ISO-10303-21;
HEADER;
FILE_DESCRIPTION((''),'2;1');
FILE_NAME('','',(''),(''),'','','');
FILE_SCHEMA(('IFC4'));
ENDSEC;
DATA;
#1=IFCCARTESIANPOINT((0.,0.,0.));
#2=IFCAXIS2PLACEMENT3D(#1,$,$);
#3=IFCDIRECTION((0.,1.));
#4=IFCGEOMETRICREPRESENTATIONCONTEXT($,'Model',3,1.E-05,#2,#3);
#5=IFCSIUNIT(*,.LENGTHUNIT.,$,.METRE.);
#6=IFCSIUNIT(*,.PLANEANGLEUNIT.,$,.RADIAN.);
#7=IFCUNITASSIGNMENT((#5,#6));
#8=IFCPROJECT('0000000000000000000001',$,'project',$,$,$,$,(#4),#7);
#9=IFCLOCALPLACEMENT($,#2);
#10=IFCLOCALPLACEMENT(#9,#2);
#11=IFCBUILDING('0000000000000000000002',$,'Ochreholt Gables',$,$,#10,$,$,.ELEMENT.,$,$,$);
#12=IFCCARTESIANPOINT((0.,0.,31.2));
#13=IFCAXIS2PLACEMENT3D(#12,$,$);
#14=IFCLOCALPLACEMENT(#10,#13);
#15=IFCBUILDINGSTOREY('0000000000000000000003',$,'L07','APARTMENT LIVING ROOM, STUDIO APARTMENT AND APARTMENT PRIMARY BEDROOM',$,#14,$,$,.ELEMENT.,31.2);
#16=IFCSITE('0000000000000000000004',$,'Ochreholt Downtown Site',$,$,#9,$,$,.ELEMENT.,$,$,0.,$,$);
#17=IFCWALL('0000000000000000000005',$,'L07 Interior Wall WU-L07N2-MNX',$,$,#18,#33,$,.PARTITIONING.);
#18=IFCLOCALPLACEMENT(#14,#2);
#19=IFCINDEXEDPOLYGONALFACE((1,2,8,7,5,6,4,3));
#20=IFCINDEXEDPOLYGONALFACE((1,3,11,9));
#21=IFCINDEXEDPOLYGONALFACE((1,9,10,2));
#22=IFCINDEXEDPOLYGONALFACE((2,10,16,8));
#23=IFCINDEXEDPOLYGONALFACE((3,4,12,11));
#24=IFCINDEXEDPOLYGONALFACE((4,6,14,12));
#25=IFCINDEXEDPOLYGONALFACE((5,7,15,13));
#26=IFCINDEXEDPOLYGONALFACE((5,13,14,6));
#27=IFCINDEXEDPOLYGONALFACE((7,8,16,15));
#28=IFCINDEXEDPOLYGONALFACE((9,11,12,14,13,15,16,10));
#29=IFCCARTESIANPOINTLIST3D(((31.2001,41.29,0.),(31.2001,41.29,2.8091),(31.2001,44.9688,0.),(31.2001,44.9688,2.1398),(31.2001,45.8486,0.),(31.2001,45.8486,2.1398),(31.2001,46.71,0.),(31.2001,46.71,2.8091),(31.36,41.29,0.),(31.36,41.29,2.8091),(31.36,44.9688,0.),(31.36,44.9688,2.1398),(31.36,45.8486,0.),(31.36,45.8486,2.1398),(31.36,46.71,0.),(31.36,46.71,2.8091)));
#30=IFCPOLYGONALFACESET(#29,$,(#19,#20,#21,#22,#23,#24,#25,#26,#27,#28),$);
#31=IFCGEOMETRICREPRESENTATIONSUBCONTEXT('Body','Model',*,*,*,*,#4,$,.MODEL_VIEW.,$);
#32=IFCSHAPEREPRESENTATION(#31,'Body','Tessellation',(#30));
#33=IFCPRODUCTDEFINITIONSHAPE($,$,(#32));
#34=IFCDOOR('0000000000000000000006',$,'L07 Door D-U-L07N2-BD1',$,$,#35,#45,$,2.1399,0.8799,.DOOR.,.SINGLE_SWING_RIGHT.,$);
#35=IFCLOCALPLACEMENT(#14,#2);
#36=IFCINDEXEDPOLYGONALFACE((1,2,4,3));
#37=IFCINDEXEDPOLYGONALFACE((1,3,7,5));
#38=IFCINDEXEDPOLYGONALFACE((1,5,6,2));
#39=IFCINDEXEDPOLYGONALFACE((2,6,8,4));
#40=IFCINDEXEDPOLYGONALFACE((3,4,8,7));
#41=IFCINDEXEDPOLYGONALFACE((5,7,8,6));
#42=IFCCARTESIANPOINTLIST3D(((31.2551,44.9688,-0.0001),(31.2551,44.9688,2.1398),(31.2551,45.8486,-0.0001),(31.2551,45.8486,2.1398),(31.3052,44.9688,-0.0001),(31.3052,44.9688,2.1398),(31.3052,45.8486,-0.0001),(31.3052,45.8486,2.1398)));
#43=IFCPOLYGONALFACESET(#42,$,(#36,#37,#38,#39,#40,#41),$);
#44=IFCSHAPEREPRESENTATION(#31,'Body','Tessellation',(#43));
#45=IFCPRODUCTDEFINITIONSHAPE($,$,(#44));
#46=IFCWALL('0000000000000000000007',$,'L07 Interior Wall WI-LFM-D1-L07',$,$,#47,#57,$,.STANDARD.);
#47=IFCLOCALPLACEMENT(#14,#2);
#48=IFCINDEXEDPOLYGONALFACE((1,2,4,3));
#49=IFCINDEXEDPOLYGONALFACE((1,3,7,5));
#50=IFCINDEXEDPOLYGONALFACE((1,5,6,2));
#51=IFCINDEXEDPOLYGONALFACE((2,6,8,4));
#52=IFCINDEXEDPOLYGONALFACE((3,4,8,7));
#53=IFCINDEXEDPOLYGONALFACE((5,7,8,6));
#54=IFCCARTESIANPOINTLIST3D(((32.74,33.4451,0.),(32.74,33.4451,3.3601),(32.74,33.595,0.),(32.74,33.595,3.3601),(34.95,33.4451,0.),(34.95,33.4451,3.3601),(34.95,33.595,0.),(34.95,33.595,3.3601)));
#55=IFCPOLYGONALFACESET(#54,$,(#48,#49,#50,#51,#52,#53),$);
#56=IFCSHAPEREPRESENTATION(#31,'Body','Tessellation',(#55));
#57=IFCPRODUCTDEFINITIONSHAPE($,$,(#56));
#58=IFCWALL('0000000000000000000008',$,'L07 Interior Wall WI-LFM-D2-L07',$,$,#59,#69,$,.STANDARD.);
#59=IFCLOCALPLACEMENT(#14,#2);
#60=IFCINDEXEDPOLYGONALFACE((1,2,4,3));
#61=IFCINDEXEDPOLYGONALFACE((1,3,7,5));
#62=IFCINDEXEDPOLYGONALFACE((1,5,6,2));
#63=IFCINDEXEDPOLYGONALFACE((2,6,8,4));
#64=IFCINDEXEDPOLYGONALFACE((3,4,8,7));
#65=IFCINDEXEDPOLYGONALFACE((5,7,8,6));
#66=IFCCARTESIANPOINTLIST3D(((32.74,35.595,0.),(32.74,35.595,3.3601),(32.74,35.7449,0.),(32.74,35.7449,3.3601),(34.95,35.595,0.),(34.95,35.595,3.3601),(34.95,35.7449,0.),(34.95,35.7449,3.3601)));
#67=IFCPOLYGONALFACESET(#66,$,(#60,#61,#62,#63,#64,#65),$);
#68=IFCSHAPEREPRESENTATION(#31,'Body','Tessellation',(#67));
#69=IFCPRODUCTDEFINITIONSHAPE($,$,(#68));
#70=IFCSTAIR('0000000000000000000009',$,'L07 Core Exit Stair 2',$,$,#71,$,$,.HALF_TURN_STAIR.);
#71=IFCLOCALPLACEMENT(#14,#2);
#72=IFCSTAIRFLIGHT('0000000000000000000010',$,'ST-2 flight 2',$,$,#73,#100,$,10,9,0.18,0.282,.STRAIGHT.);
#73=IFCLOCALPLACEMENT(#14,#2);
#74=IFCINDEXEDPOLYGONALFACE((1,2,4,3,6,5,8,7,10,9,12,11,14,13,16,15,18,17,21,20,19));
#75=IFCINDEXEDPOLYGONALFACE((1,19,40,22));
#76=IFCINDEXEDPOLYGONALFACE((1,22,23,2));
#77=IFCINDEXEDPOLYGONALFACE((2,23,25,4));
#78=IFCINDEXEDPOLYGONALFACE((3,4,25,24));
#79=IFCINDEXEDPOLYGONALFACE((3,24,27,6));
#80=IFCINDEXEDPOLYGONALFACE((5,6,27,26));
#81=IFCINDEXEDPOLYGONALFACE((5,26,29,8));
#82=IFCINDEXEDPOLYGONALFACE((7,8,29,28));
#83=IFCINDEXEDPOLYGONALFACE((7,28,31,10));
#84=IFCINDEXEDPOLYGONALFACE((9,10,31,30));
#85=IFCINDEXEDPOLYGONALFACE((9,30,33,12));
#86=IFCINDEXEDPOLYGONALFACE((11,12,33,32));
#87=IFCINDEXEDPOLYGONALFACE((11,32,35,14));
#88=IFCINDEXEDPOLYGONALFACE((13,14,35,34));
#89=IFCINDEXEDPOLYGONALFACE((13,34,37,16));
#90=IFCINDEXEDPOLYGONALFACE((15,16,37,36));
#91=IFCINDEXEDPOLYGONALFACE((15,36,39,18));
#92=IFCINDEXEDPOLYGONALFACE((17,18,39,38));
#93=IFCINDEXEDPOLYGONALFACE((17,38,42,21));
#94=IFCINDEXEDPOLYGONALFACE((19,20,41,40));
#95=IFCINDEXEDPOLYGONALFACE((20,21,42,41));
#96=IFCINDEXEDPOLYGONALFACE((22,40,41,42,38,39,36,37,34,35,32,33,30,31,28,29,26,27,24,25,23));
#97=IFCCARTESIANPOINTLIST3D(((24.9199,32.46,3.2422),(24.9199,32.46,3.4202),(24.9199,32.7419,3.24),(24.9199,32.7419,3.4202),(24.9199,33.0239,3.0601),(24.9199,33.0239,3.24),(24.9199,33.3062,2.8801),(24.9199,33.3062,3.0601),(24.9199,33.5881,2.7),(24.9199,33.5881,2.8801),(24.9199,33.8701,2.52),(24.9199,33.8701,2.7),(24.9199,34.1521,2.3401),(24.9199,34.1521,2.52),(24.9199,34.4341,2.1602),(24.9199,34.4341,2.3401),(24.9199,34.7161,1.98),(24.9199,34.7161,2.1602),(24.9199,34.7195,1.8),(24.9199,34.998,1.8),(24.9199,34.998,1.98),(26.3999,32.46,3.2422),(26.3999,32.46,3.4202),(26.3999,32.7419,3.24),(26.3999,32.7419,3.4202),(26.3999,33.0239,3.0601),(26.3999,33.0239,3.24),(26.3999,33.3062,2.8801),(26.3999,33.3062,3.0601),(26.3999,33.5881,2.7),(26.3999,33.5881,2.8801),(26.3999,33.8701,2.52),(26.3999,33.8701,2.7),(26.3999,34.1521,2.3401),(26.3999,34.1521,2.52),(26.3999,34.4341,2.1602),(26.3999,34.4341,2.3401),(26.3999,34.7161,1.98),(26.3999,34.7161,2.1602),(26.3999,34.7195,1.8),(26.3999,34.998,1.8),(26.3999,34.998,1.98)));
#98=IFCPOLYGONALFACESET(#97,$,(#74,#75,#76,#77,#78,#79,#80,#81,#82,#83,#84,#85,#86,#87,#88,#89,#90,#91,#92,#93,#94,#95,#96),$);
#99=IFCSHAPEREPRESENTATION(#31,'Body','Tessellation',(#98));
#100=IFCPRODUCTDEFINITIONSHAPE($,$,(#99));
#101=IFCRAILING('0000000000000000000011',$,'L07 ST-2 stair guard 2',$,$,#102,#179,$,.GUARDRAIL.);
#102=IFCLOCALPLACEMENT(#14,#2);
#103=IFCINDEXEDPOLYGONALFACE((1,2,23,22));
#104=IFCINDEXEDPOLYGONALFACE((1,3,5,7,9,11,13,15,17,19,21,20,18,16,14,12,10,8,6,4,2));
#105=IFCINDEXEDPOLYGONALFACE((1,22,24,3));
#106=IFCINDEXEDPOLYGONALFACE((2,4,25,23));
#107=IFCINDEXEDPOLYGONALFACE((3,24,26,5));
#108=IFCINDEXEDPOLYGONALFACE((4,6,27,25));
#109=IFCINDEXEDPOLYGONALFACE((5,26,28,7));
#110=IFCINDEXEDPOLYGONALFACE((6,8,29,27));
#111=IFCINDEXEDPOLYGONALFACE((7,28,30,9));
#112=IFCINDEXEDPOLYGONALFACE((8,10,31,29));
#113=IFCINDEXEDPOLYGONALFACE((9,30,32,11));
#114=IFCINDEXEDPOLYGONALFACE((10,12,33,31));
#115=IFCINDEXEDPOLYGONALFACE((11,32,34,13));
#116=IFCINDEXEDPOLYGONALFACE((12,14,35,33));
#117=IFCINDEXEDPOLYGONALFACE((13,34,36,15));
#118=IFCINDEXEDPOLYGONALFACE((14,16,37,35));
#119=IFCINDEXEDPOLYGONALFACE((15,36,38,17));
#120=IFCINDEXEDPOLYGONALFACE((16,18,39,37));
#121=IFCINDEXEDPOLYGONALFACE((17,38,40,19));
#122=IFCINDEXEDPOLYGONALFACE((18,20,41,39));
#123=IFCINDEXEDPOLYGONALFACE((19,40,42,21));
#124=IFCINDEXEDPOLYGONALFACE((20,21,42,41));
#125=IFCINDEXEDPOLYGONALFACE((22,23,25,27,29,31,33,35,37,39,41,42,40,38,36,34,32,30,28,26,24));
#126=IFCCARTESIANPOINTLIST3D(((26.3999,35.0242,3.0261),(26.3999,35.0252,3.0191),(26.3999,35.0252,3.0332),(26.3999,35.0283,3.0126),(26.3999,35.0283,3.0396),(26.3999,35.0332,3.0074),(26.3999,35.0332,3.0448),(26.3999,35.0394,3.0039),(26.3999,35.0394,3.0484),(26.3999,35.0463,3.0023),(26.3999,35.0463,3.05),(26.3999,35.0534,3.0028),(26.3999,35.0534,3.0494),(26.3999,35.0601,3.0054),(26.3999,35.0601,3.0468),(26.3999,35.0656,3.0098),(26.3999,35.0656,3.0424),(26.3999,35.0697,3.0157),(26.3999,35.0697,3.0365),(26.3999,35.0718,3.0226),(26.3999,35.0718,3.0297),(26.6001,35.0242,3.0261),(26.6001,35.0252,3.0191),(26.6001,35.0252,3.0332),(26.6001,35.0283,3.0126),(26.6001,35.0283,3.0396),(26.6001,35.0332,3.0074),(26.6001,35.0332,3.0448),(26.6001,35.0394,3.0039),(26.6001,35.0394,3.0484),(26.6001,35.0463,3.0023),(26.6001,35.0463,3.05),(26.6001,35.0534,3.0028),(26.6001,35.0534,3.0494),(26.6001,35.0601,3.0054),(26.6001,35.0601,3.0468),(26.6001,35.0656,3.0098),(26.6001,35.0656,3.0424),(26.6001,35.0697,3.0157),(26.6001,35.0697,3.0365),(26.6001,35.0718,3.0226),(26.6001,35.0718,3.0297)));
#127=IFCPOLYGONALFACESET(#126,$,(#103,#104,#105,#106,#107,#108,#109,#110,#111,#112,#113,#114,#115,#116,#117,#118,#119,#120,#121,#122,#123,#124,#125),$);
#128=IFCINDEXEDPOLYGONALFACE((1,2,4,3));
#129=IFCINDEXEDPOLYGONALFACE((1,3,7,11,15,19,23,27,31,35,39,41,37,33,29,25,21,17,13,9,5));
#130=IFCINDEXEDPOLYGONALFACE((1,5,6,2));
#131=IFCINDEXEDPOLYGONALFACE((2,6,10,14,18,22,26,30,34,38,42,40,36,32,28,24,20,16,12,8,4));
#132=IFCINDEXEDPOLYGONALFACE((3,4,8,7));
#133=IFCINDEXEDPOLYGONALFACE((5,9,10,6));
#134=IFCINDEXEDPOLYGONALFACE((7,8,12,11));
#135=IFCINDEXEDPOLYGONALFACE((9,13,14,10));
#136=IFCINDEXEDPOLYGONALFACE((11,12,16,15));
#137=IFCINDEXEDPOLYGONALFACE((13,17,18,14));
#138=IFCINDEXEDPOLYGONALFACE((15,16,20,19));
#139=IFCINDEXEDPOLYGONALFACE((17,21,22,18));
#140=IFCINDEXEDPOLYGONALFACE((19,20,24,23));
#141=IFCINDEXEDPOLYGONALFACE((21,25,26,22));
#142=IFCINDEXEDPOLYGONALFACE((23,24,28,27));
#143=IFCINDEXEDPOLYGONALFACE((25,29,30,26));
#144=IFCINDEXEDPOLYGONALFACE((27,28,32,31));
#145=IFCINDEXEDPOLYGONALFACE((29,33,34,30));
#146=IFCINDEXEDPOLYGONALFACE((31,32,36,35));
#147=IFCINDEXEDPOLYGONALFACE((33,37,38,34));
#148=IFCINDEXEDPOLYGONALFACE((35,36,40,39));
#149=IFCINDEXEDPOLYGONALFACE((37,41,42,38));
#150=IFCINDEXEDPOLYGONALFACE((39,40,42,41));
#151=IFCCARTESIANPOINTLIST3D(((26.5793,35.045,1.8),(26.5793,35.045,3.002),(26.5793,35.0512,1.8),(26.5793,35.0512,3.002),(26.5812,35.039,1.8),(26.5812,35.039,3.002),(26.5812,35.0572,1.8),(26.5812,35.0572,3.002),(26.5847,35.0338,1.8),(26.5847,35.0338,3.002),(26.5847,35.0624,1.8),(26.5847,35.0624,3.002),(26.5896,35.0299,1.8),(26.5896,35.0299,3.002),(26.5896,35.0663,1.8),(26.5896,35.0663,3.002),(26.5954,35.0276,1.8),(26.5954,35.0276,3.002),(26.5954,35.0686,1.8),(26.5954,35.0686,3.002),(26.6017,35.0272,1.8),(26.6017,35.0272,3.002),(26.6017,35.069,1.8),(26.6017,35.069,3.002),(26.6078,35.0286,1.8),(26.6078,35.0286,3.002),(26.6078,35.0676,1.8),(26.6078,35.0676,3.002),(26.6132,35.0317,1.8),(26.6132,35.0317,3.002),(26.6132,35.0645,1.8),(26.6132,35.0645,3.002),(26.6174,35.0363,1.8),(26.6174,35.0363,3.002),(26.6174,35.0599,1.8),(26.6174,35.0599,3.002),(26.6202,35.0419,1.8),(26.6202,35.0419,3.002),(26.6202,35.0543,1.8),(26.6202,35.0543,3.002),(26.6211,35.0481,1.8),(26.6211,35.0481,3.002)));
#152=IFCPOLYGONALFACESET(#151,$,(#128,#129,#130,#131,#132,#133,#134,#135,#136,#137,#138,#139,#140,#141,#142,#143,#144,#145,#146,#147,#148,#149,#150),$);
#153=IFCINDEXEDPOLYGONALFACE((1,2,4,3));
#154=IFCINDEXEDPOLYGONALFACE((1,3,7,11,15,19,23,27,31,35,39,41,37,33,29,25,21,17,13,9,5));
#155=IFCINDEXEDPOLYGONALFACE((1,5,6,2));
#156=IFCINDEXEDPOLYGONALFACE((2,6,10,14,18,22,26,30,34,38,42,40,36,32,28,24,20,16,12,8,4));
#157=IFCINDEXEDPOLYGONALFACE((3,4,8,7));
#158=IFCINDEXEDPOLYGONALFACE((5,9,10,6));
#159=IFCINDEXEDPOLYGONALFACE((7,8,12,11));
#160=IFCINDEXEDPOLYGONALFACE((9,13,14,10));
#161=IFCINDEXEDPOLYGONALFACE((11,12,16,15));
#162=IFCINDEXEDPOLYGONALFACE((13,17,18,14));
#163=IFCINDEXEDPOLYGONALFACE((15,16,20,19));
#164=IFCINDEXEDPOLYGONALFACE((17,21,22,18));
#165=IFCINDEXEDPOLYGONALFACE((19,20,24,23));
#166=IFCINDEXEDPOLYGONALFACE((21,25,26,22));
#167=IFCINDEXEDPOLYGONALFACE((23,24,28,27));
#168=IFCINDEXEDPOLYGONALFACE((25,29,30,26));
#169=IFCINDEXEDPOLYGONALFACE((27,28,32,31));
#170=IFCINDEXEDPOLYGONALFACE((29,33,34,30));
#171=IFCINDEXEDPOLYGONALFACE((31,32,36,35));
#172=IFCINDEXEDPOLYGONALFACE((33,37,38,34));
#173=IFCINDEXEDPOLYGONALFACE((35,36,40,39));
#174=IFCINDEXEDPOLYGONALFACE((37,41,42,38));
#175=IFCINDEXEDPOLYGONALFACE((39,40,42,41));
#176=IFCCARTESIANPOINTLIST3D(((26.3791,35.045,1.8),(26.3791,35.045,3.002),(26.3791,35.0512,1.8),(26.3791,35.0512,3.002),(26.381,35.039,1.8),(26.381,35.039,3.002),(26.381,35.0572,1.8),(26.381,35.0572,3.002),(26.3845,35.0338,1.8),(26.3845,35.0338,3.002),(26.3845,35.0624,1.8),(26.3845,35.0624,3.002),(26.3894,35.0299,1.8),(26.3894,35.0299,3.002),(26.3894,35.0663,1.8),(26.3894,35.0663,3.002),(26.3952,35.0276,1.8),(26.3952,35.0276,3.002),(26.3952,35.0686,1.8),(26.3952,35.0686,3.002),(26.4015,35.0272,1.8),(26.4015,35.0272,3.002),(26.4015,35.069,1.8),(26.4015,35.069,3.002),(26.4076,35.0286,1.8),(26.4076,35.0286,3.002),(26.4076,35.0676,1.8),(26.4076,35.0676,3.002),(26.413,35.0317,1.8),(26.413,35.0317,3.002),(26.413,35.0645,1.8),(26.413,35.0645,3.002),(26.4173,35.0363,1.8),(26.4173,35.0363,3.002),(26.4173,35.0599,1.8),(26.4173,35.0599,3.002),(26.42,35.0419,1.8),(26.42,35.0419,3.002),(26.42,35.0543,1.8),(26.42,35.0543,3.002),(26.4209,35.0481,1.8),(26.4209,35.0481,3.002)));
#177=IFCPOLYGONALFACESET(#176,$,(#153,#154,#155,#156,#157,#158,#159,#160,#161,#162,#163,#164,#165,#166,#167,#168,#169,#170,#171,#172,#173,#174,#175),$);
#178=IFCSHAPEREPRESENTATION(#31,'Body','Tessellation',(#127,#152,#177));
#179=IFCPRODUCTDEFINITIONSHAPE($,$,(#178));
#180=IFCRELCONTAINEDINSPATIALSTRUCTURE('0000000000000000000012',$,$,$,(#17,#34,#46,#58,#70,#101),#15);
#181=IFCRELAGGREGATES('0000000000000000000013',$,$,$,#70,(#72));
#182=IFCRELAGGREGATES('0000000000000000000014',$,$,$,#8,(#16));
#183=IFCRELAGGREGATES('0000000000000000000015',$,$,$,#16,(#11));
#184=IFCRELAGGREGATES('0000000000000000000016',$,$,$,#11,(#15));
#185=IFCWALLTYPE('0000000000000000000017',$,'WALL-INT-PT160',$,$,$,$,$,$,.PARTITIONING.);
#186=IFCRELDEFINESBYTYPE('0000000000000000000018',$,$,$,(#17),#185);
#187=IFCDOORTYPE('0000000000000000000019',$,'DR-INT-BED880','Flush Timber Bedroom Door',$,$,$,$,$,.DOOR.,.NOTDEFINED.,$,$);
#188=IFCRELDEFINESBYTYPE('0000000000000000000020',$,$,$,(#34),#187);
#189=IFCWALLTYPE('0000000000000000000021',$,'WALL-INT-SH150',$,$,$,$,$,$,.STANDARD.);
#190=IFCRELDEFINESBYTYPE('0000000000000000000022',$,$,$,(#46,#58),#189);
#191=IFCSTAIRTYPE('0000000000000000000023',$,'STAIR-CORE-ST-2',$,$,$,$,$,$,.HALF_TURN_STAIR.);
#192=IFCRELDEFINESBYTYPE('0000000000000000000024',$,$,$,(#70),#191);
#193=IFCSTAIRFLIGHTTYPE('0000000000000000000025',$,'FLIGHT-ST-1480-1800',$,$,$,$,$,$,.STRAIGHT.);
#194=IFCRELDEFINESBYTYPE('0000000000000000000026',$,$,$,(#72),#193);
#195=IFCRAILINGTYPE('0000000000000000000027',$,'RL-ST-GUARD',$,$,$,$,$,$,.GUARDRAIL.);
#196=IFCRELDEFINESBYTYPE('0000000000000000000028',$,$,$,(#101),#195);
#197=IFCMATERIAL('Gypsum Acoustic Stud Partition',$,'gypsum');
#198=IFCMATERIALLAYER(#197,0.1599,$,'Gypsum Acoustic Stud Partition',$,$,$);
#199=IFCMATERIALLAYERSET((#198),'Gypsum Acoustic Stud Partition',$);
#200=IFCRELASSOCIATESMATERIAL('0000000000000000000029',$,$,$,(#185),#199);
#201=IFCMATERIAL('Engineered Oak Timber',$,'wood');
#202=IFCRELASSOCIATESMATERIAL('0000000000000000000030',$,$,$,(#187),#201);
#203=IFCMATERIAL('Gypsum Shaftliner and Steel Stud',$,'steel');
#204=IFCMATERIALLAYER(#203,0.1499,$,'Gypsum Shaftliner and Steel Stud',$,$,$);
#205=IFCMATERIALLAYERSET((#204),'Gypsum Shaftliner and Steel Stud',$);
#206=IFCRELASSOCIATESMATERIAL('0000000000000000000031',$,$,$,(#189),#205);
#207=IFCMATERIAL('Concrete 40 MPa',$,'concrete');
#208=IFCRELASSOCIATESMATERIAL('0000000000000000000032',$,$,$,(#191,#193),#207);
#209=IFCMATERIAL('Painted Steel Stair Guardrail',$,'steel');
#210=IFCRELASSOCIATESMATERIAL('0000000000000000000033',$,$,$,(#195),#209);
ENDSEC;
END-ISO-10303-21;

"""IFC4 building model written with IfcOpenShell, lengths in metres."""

from ifc_helpers import new_model, si_unit, direction, frame, frame_2d, origin, origin_2d, place, context, subcontext, project, spatial, polyline, rectangle, circle, outline, extrude, material, layer, layer_set, type_object, element, fill, aggregate, save


model = new_model("IFC4")

# Units and contexts
model_context = context("Model", 3, precision=1e-05, world=origin(), true_north=direction((0.0, 1.0)))
body_context = subcontext(model_context, "Body", "Model", "MODEL_VIEW")
ifc_project = project(units=[si_unit("LENGTHUNIT", "METRE"), si_unit("PLANEANGLEUNIT", "RADIAN")], contexts=[model_context])

# Site, building, storey
site_placement = place(None, origin())
site = spatial("IfcSite", under=ifc_project, at=site_placement, Name="Ochreholt Downtown Site", CompositionType="ELEMENT", RefElevation=0.0)
building_placement = place(site_placement, origin())
building = spatial("IfcBuilding", under=site, at=building_placement, Name="Ochreholt Gables", CompositionType="ELEMENT")
storey_placement = place(building_placement, frame((0.0, 0.0, 31.2)))
storey = spatial("IfcBuildingStorey", under=building, at=storey_placement, Name="L07", Description="APARTMENT LIVING ROOM, STUDIO APARTMENT AND APARTMENT PRIMARY BEDROOM", CompositionType="ELEMENT", Elevation=31.2)

# Shared definitions
ifc_material_1 = material(Name="Engineered Oak Timber", Category="wood")

# Wall, opening, door
ifc_material_2 = material(Name="Gypsum Acoustic Stud Partition", Category="gypsum")
ifc_layer_1 = layer(ifc_material_2, 0.1599, Name="Gypsum Acoustic Stud Partition")
ifc_layer_set_1 = layer_set([ifc_layer_1], Name="Gypsum Acoustic Stud Partition")
wall_type_1 = type_object("IfcWallType", Name="WALL-INT-PT160", PredefinedType="PARTITIONING", material=ifc_layer_set_1)
wall_1_placement = place(storey_placement, frame((31.28, 41.29, 0.0), z_axis=(0.0, 0.0, 1.0), x_axis=(0.0, 1.0, 0.0)))
wall_1 = element("IfcWall", 1, at=wall_1_placement, inside=storey, type_object=wall_type_1, Name="L07 Interior Wall WU-L07N2-MNX", PredefinedType="PARTITIONING", context=body_context, shape_type="SweptSolid", body=[
    extrude(rectangle(XDim=5.4199, YDim=0.1599, at=frame_2d((2.71, 0.0))), origin(), (0.0, 0.0, 1.0), 2.8091),
])
opening_1_placement = place(wall_1_placement, frame((3.6787, 0.0, 0.0)))
opening_1 = element("IfcOpeningElement", 2, at=opening_1_placement, cuts=wall_1, PredefinedType="OPENING", context=body_context, shape_type="SweptSolid", body=[
    extrude(rectangle(XDim=0.8799, YDim=2.1399, at=frame_2d((0.4399, 1.0698))), frame((0.0, 0.0898, 0.0), z_axis=(0.0, -1.0, 0.0), x_axis=(1.0, 0.0, 0.0)), (0.0, 0.0, 1.0), 0.1799),
])
door_type_1 = type_object("IfcDoorType", Name="DR-INT-BED880", Description="Flush Timber Bedroom Door", OperationType="NOTDEFINED", PredefinedType="DOOR", material=ifc_material_1)
door_1_placement = place(opening_1_placement, origin())
door_1 = element("IfcDoor", 3, at=door_1_placement, inside=storey, type_object=door_type_1, Name="L07 Door D-U-L07N2-BD1", OperationType="SINGLE_SWING_RIGHT", OverallHeight=2.1399, OverallWidth=0.8799, PredefinedType="DOOR", context=body_context, shape_type="SweptSolid", body=[
    extrude(rectangle(XDim=0.8799, YDim=2.1399, at=frame_2d((0.4399, 1.0698))), frame((0.0, 0.0249, 0.0), z_axis=(0.0, -1.0, 0.0), x_axis=(1.0, 0.0, 0.0)), (0.0, 0.0, 1.0), 0.05),
])
fill(opening_1, door_1)

# Walls
ifc_material_3 = material(Name="Gypsum Shaftliner and Steel Stud", Category="steel")
ifc_layer_2 = layer(ifc_material_3, 0.1499, Name="Gypsum Shaftliner and Steel Stud")
ifc_layer_set_2 = layer_set([ifc_layer_2], Name="Gypsum Shaftliner and Steel Stud")
wall_type_2 = type_object("IfcWallType", Name="WALL-INT-SH150", PredefinedType="STANDARD", material=ifc_layer_set_2)
for number, where, z_axis, x_axis, name in (
    (4, (32.74, 33.52, 0.0), (0.0, 0.0, 1.0), (1.0, 0.0, 0.0), "L07 Interior Wall WI-LFM-D1-L07"),
    (5, (32.74, 35.6699, 0.0), (0.0, 0.0, 1.0), (1.0, 0.0, 0.0), "L07 Interior Wall WI-LFM-D2-L07"),
):
    element("IfcWall", number, at=place(storey_placement, frame(where, z_axis=z_axis, x_axis=x_axis)), inside=storey, type_object=wall_type_2, Name=name, PredefinedType="STANDARD", context=body_context, shape_type="SweptSolid", body=[
        extrude(rectangle(XDim=2.21, YDim=0.1499, at=frame_2d((1.105, 0.0))), origin(), (0.0, 0.0, 1.0), 3.3601),
    ])

# Stair, stair flight
ifc_material_4 = material(Name="Concrete 40 MPa", Category="concrete")
stair_type = type_object("IfcStairType", Name="STAIR-CORE-ST-2", PredefinedType="HALF_TURN_STAIR", material=ifc_material_4)
stair_placement = place(storey_placement, origin())
stair = element("IfcStair", 6, at=stair_placement, inside=storey, type_object=stair_type, Name="L07 Core Exit Stair 2", PredefinedType="HALF_TURN_STAIR")
stair_flight_type = type_object("IfcStairFlightType", Name="FLIGHT-ST-1480-1800", PredefinedType="STRAIGHT", material=ifc_material_4)
stair_flight_placement = place(storey_placement, frame((25.6599, 34.998, 1.8), z_axis=(0.0, 0.0, 1.0), x_axis=(0.0, -1.0, 0.0)))
stair_flight = element("IfcStairFlight", 7, at=stair_flight_placement, type_object=stair_flight_type, Name="ST-2 flight 2", NumberOfRisers=10, NumberOfTreads=9, PredefinedType="STRAIGHT", RiserHeight=0.18, TreadLength=0.282, context=body_context, shape_type="SweptSolid", body=[
    extrude(outline(polyline([(0.0, 0.0), (0.0, 0.1799), (0.282, 0.1799), (0.282, 0.3601), (0.564, 0.3601), (0.564, 0.54), (0.8459, 0.54), (0.8459, 0.72), (1.1279, 0.72), (1.1279, 0.8999), (1.4099, 0.8999), (1.4099, 1.0801), (1.6919, 1.0801), (1.6919, 1.26), (1.9741, 1.26), (1.9741, 1.4399), (2.2561, 1.4399), (2.2561, 1.6201), (2.5381, 1.6201), (2.5381, 1.8), (2.5381, 1.4421), (0.2786, 0.0), (0.0, 0.0)])), frame((0.0, 0.74, 0.0), z_axis=(0.0, -1.0, 0.0), x_axis=(1.0, 0.0, 0.0)), (0.0, 0.0, 1.0), 1.48),
])
aggregate(stair, [stair_flight])

# Railing
ifc_material_5 = material(Name="Painted Steel Stair Guardrail", Category="steel")
railing_type_1 = type_object("IfcRailingType", Name="RL-ST-GUARD", PredefinedType="GUARDRAIL", material=ifc_material_5)
railing_1_placement = place(storey_placement, frame((26.6001, 35.0481, 1.8)))
element("IfcRailing", 8, at=railing_1_placement, inside=storey, type_object=railing_type_1, Name="L07 ST-2 stair guard 2", PredefinedType="GUARDRAIL", context=body_context, shape_type="SweptSolid", body=[
    extrude(circle(Radius=0.0239, at=origin_2d()), frame((0.0, 0.0, 1.2261), z_axis=(-1.0, 0.0, 0.0), x_axis=(0.0, -1.0, 0.0)), (0.0, 0.0, 1.0), 0.2002),
    extrude(circle(Radius=0.021, at=origin_2d()), origin(), (0.0, 0.0, 1.0), 1.2019),
    extrude(circle(Radius=0.021, at=origin_2d()), frame((-0.2002, 0.0, 0.0)), (0.0, 0.0, 1.0), 1.2019),
])

save(model, "model.ifc")
